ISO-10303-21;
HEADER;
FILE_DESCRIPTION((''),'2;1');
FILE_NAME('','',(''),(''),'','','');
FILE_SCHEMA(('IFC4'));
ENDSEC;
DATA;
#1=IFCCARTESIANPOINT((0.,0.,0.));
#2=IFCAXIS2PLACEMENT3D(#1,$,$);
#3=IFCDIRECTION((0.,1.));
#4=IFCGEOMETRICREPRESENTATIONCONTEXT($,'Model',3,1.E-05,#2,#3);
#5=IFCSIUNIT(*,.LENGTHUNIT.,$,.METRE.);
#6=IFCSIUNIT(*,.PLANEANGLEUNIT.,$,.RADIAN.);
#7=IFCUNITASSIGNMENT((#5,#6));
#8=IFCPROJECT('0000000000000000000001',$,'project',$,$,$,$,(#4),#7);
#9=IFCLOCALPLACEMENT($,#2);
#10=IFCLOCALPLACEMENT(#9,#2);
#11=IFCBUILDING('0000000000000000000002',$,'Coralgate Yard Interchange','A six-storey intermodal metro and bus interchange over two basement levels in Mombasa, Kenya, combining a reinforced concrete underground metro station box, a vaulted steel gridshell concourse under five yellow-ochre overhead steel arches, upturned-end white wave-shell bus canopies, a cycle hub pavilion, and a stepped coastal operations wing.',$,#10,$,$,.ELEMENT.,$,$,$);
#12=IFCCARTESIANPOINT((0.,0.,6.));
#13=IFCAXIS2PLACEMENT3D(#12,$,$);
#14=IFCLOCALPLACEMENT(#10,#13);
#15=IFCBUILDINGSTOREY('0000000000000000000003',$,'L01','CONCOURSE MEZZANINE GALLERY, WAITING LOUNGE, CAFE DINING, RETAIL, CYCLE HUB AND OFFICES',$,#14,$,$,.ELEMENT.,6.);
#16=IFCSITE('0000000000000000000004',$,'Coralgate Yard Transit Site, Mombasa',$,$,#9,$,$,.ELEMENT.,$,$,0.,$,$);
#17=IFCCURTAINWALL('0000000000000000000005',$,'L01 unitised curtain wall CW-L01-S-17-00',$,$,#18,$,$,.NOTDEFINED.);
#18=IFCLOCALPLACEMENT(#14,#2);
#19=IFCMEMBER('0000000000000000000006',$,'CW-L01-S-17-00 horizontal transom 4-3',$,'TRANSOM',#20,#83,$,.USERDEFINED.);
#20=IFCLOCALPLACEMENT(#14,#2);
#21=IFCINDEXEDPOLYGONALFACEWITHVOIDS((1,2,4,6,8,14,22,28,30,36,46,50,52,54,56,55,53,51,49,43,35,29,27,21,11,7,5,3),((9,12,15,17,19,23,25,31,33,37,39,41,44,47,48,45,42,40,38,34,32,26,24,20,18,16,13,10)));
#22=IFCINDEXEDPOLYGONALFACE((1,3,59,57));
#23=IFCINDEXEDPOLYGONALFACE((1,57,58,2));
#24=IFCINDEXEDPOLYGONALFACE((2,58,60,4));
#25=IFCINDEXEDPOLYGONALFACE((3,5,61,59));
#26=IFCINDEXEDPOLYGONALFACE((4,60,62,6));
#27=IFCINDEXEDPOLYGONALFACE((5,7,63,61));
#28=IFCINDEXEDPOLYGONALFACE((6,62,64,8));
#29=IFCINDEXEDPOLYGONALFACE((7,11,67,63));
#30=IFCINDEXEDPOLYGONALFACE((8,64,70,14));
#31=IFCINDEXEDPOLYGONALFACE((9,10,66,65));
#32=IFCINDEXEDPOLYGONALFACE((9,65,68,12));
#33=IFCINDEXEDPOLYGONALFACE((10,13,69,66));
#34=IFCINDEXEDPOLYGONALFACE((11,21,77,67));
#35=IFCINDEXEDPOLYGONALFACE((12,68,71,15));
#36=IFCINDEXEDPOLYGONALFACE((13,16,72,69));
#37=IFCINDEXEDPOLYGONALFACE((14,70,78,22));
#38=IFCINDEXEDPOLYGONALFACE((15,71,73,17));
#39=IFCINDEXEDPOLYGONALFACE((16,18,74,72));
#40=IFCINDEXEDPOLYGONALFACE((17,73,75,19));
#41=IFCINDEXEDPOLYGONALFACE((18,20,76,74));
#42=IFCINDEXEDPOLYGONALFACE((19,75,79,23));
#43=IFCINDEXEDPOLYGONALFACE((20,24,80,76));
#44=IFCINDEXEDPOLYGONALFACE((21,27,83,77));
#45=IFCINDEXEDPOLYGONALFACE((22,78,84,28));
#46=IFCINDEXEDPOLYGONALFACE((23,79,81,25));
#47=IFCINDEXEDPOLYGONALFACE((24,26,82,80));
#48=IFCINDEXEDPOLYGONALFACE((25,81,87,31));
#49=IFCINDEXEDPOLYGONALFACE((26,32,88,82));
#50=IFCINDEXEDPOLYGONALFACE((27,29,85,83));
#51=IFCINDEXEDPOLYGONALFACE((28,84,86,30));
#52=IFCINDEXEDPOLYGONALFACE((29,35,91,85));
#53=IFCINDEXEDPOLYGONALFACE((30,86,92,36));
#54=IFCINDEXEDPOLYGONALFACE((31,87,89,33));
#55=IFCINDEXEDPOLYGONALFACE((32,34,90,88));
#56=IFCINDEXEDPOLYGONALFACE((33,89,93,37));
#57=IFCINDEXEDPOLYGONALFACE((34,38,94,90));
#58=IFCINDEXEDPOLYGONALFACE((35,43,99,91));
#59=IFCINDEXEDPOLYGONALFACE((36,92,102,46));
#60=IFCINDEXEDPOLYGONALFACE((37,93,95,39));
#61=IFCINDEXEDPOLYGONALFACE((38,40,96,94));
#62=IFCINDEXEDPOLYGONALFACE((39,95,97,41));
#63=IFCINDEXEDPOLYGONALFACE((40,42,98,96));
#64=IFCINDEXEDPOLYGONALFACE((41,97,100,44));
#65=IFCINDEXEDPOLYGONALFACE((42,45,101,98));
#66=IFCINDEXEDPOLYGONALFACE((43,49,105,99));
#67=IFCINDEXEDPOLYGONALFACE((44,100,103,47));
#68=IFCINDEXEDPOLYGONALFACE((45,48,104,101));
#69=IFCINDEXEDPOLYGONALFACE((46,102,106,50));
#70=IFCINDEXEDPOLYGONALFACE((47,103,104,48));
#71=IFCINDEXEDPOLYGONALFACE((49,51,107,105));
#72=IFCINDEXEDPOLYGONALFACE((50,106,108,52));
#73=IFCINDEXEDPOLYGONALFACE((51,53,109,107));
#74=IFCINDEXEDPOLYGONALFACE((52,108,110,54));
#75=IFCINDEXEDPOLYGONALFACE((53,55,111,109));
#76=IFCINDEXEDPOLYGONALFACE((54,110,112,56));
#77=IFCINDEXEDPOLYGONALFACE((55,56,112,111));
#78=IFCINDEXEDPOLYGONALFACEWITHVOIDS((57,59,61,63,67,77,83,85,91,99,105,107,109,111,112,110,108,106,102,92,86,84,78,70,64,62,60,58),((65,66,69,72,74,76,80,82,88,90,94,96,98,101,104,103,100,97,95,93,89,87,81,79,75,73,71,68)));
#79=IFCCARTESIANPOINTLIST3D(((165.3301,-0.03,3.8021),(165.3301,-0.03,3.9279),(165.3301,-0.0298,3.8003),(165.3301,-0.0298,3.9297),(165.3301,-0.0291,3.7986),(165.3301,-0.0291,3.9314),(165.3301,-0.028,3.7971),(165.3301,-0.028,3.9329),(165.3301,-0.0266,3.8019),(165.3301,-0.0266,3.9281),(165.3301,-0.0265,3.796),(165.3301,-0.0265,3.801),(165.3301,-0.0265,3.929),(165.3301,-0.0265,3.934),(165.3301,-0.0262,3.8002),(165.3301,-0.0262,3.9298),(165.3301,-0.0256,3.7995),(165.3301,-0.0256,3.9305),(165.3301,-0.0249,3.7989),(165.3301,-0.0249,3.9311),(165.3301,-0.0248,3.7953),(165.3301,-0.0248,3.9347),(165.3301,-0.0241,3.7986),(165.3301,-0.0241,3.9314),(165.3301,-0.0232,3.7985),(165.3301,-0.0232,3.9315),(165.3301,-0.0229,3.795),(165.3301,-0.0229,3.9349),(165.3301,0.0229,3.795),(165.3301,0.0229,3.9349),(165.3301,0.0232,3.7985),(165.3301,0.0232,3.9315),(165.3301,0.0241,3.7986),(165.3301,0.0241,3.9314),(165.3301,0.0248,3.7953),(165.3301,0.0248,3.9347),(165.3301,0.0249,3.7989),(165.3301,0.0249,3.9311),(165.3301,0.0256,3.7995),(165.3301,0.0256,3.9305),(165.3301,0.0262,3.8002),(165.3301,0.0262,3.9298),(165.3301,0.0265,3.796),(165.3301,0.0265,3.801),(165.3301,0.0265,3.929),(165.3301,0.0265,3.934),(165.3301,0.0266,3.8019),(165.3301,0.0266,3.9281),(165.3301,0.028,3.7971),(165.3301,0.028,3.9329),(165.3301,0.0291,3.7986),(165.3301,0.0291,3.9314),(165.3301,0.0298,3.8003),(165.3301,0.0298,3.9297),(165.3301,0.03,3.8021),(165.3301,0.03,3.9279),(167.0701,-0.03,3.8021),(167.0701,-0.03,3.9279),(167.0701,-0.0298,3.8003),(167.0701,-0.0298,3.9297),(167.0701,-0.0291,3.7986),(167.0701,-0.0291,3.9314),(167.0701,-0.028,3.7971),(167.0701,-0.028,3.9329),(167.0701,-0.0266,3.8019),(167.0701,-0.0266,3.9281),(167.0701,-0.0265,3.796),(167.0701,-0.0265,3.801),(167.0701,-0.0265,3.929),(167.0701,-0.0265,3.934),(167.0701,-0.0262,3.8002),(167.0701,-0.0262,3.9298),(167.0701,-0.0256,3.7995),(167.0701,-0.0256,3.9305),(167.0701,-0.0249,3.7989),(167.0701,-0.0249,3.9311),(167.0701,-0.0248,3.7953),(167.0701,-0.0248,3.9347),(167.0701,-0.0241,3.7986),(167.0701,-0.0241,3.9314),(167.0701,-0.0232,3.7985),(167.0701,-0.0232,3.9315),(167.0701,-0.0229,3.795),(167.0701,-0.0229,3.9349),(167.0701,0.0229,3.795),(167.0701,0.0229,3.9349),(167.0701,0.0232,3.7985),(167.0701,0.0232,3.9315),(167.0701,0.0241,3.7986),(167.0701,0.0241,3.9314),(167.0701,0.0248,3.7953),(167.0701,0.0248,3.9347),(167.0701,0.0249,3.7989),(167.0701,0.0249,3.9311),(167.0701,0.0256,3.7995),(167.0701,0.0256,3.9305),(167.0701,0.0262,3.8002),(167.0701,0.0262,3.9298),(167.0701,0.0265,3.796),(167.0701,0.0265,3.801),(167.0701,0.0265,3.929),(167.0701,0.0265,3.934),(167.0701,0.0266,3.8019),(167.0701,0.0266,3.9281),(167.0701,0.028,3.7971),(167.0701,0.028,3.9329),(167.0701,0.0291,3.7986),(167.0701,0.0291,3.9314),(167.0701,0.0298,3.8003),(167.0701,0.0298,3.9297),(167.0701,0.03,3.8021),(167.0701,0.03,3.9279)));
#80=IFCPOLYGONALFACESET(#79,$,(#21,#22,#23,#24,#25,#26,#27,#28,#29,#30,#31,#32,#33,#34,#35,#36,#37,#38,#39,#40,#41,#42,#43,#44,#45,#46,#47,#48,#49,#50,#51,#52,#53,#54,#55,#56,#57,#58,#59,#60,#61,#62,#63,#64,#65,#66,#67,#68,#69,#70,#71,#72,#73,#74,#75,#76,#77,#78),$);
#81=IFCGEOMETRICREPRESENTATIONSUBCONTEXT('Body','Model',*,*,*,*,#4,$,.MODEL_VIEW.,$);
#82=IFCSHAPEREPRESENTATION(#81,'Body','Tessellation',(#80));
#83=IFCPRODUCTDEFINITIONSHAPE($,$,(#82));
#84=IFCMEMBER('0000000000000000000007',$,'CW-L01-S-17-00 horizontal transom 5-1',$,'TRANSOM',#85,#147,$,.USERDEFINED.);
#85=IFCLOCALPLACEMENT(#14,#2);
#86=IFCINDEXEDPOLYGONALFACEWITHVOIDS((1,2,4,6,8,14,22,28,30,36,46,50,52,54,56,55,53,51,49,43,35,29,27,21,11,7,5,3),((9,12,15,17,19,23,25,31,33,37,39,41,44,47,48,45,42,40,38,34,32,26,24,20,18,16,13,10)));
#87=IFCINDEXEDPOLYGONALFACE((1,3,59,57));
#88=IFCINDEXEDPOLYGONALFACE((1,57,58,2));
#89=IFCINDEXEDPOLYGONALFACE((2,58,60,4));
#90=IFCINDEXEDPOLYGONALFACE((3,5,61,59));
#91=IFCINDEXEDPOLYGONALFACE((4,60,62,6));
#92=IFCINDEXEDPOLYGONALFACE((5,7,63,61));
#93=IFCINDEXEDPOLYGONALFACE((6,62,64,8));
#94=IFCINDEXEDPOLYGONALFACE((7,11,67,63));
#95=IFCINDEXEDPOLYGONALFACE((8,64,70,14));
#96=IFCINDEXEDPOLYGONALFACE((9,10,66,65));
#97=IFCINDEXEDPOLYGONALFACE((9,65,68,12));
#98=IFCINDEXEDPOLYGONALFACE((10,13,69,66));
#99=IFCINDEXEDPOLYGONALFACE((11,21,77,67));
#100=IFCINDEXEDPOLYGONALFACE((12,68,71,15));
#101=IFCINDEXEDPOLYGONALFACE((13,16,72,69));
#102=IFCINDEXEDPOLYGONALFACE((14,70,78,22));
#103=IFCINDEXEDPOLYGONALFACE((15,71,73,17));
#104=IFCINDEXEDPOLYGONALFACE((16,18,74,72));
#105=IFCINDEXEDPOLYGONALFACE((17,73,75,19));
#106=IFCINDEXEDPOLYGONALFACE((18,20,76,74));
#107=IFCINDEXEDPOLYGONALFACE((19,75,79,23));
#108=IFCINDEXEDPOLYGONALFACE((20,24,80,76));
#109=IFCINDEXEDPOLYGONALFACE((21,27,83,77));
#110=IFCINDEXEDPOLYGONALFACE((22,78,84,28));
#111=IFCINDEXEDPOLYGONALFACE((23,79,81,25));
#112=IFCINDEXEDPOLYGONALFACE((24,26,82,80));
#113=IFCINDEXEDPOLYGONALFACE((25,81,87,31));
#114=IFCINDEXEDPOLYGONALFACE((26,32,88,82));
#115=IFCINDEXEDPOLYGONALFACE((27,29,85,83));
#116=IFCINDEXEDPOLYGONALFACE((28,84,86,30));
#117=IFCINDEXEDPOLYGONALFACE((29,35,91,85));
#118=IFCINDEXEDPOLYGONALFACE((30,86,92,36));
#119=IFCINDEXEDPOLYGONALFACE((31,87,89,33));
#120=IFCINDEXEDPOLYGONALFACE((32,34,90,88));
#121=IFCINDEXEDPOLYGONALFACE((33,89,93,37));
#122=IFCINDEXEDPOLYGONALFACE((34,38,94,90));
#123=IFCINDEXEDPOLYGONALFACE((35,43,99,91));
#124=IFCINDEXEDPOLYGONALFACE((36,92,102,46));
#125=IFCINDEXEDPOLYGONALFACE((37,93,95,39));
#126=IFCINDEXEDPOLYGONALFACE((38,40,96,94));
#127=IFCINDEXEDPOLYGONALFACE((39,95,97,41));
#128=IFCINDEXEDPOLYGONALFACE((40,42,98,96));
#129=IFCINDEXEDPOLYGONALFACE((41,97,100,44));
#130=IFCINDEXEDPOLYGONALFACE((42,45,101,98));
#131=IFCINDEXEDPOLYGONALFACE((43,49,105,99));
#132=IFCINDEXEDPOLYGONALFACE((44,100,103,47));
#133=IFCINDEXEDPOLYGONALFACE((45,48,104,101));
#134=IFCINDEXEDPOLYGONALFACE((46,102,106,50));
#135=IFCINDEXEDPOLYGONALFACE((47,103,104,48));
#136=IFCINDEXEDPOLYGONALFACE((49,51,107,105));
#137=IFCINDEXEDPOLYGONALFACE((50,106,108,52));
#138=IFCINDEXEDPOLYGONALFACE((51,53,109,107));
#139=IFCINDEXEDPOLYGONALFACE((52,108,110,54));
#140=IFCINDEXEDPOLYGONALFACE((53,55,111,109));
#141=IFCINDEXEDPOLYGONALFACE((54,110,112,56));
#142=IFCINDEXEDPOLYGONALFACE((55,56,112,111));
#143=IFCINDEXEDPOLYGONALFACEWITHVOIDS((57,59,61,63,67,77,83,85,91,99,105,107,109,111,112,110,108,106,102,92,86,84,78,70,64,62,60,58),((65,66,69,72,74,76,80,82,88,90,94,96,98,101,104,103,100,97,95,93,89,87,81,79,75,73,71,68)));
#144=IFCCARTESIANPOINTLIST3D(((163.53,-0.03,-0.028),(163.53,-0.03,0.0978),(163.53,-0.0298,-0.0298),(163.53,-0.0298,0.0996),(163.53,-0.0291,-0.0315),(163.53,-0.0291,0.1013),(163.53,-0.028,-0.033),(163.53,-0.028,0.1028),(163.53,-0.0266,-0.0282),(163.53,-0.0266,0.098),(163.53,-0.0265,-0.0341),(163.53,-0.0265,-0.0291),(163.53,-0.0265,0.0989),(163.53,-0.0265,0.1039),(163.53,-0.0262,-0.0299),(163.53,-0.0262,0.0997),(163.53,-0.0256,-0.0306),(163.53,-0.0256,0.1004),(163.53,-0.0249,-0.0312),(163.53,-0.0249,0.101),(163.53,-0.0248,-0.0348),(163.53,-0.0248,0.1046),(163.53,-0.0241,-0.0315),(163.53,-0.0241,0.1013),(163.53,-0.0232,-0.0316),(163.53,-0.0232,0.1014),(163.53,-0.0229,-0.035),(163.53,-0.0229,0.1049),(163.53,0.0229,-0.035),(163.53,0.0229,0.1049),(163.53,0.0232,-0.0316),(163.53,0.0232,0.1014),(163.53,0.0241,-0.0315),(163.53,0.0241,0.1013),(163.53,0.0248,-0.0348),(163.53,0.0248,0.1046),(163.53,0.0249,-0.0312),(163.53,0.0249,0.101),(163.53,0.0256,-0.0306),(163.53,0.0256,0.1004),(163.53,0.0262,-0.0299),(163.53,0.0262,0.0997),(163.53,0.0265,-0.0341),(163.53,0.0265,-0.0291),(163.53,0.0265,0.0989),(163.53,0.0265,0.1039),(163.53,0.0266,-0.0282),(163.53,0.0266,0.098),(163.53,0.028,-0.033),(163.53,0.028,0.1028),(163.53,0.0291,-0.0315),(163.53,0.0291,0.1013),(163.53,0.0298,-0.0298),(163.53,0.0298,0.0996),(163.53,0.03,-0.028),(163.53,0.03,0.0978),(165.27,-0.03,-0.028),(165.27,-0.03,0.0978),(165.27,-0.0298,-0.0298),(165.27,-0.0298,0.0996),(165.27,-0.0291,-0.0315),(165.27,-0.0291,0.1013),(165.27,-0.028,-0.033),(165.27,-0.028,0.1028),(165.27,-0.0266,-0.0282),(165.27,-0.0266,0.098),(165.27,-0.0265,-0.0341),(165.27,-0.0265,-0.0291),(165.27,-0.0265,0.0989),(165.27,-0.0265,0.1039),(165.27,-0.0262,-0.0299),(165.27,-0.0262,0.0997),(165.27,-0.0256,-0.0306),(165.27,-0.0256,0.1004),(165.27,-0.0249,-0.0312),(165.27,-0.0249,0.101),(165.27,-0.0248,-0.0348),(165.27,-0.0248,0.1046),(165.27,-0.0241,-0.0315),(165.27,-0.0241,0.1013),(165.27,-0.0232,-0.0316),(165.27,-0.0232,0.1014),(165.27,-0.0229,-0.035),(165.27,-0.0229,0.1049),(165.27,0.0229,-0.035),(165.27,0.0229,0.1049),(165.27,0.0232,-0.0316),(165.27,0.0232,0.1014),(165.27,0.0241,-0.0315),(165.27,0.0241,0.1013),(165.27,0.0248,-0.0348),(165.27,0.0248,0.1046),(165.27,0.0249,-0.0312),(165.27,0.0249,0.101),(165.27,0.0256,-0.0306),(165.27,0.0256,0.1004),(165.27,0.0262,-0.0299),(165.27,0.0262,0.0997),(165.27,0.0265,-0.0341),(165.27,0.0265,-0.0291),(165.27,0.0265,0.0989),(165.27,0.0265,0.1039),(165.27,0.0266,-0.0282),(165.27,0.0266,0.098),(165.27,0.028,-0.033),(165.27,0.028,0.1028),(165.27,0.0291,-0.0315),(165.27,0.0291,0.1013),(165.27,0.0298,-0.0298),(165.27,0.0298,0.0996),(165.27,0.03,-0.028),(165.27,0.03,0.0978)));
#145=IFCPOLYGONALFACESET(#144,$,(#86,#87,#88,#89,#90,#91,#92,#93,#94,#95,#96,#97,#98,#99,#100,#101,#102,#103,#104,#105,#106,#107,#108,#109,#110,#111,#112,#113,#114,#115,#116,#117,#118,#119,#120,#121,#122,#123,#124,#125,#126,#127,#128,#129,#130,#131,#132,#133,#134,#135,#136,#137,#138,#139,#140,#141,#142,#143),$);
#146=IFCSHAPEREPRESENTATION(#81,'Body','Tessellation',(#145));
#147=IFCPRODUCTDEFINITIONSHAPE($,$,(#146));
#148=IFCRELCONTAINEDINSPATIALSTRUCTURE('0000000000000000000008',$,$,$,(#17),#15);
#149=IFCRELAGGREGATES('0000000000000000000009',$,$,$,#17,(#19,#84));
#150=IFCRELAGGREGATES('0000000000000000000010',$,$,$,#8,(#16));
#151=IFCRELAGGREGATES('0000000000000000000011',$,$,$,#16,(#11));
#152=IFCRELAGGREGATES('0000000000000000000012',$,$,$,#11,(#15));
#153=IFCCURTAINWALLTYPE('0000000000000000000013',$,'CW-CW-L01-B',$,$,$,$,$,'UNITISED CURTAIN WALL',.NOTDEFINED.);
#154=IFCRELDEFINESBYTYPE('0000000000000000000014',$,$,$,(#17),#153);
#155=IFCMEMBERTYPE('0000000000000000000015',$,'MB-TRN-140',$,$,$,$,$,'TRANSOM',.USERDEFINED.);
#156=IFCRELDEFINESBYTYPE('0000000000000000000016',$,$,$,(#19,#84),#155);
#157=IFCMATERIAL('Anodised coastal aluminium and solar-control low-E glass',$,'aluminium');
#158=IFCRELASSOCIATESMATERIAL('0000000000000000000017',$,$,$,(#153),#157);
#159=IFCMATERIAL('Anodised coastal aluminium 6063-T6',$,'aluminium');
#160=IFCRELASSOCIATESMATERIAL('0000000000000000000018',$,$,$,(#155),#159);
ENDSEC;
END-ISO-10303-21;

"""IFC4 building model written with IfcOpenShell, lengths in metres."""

from ifc_helpers import new_model, si_unit, direction, frame, origin, origin_2d, place, context, subcontext, project, spatial, hollow_rectangle, extrude, material, material_profile, profile_set, type_object, element, aggregate, save


model = new_model("IFC4")

# Units and contexts
model_context = context("Model", 3, precision=1e-05, world=origin(), true_north=direction((0.0, 1.0)))
body_context = subcontext(model_context, "Body", "Model", "MODEL_VIEW")
ifc_project = project(units=[si_unit("LENGTHUNIT", "METRE"), si_unit("PLANEANGLEUNIT", "RADIAN")], contexts=[model_context])

# Site, building, storey
site_placement = place(None, origin())
site = spatial("IfcSite", under=ifc_project, at=site_placement, Name="Coralgate Yard Transit Site, Mombasa", CompositionType="ELEMENT", RefElevation=0.0)
building_placement = place(site_placement, origin())
building = spatial("IfcBuilding", under=site, at=building_placement, Name="Coralgate Yard Interchange", Description="A six-storey intermodal metro and bus interchange over two basement levels in Mombasa, Kenya, combining a reinforced concrete underground metro station box, a vaulted steel gridshell concourse under five yellow-ochre overhead steel arches, upturned-end white wave-shell bus canopies, a cycle hub pavilion, and a stepped coastal operations wing.", CompositionType="ELEMENT")
storey_placement = place(building_placement, frame((0.0, 0.0, 6.0)))
storey = spatial("IfcBuildingStorey", under=building, at=storey_placement, Name="L01", Description="CONCOURSE MEZZANINE GALLERY, WAITING LOUNGE, CAFE DINING, RETAIL, CYCLE HUB AND OFFICES", CompositionType="ELEMENT", Elevation=6.0)

# Curtain wall, members
ifc_material_1 = material(Name="Anodised coastal aluminium and solar-control low-E glass", Category="aluminium")
curtain_wall_type = type_object("IfcCurtainWallType", Name="CW-CW-L01-B", ElementType="UNITISED CURTAIN WALL", PredefinedType="NOTDEFINED", material=ifc_material_1)
curtain_wall_placement = place(storey_placement, origin())
curtain_wall = element("IfcCurtainWall", 1, at=curtain_wall_placement, inside=storey, type_object=curtain_wall_type, Name="L01 unitised curtain wall CW-L01-S-17-00", PredefinedType="NOTDEFINED")
ifc_material_2 = material(Name="Anodised coastal aluminium 6063-T6", Category="aluminium")
ifc_material_profile_1 = material_profile(ifc_material_2, hollow_rectangle(XDim=0.0601, YDim=0.1399, WallThickness=0.0034, InnerFilletRadius=0.0034, OuterFilletRadius=0.0071, at=origin_2d()), Name="ALU 60x140x3.5")
ifc_profile_set_1 = profile_set([ifc_material_profile_1], Name="Anodised coastal aluminium 6063-T6")
member_type_1 = type_object("IfcMemberType", Name="MB-TRN-140", ElementType="TRANSOM", PredefinedType="USERDEFINED", material=ifc_profile_set_1)
member_1_placement = place(storey_placement, frame((167.0701, 0.0, 3.865), z_axis=(-1.0, 0.0, 0.0), x_axis=(0.0, -1.0, 0.0)))
member_1 = element("IfcMember", 2, at=member_1_placement, type_object=member_type_1, Name="CW-L01-S-17-00 horizontal transom 4-3", ObjectType="TRANSOM", PredefinedType="USERDEFINED", context=body_context, shape_type="SweptSolid", body=[
    extrude(hollow_rectangle(XDim=0.0601, YDim=0.1399, WallThickness=0.0034, InnerFilletRadius=0.0034, OuterFilletRadius=0.0071, at=origin_2d()), origin(), (0.0, 0.0, 1.0), 1.74),
])
member_2_placement = place(storey_placement, frame((165.27, 0.0, 0.0349), z_axis=(-1.0, 0.0, 0.0), x_axis=(0.0, -1.0, 0.0)))
member_2 = element("IfcMember", 3, at=member_2_placement, type_object=member_type_1, Name="CW-L01-S-17-00 horizontal transom 5-1", ObjectType="TRANSOM", PredefinedType="USERDEFINED", context=body_context, shape_type="SweptSolid", body=[
    extrude(hollow_rectangle(XDim=0.0601, YDim=0.1399, WallThickness=0.0034, InnerFilletRadius=0.0034, OuterFilletRadius=0.0071, at=origin_2d()), origin(), (0.0, 0.0, 1.0), 1.74),
])
aggregate(curtain_wall, [member_1, member_2])

save(model, "model.ifc")
